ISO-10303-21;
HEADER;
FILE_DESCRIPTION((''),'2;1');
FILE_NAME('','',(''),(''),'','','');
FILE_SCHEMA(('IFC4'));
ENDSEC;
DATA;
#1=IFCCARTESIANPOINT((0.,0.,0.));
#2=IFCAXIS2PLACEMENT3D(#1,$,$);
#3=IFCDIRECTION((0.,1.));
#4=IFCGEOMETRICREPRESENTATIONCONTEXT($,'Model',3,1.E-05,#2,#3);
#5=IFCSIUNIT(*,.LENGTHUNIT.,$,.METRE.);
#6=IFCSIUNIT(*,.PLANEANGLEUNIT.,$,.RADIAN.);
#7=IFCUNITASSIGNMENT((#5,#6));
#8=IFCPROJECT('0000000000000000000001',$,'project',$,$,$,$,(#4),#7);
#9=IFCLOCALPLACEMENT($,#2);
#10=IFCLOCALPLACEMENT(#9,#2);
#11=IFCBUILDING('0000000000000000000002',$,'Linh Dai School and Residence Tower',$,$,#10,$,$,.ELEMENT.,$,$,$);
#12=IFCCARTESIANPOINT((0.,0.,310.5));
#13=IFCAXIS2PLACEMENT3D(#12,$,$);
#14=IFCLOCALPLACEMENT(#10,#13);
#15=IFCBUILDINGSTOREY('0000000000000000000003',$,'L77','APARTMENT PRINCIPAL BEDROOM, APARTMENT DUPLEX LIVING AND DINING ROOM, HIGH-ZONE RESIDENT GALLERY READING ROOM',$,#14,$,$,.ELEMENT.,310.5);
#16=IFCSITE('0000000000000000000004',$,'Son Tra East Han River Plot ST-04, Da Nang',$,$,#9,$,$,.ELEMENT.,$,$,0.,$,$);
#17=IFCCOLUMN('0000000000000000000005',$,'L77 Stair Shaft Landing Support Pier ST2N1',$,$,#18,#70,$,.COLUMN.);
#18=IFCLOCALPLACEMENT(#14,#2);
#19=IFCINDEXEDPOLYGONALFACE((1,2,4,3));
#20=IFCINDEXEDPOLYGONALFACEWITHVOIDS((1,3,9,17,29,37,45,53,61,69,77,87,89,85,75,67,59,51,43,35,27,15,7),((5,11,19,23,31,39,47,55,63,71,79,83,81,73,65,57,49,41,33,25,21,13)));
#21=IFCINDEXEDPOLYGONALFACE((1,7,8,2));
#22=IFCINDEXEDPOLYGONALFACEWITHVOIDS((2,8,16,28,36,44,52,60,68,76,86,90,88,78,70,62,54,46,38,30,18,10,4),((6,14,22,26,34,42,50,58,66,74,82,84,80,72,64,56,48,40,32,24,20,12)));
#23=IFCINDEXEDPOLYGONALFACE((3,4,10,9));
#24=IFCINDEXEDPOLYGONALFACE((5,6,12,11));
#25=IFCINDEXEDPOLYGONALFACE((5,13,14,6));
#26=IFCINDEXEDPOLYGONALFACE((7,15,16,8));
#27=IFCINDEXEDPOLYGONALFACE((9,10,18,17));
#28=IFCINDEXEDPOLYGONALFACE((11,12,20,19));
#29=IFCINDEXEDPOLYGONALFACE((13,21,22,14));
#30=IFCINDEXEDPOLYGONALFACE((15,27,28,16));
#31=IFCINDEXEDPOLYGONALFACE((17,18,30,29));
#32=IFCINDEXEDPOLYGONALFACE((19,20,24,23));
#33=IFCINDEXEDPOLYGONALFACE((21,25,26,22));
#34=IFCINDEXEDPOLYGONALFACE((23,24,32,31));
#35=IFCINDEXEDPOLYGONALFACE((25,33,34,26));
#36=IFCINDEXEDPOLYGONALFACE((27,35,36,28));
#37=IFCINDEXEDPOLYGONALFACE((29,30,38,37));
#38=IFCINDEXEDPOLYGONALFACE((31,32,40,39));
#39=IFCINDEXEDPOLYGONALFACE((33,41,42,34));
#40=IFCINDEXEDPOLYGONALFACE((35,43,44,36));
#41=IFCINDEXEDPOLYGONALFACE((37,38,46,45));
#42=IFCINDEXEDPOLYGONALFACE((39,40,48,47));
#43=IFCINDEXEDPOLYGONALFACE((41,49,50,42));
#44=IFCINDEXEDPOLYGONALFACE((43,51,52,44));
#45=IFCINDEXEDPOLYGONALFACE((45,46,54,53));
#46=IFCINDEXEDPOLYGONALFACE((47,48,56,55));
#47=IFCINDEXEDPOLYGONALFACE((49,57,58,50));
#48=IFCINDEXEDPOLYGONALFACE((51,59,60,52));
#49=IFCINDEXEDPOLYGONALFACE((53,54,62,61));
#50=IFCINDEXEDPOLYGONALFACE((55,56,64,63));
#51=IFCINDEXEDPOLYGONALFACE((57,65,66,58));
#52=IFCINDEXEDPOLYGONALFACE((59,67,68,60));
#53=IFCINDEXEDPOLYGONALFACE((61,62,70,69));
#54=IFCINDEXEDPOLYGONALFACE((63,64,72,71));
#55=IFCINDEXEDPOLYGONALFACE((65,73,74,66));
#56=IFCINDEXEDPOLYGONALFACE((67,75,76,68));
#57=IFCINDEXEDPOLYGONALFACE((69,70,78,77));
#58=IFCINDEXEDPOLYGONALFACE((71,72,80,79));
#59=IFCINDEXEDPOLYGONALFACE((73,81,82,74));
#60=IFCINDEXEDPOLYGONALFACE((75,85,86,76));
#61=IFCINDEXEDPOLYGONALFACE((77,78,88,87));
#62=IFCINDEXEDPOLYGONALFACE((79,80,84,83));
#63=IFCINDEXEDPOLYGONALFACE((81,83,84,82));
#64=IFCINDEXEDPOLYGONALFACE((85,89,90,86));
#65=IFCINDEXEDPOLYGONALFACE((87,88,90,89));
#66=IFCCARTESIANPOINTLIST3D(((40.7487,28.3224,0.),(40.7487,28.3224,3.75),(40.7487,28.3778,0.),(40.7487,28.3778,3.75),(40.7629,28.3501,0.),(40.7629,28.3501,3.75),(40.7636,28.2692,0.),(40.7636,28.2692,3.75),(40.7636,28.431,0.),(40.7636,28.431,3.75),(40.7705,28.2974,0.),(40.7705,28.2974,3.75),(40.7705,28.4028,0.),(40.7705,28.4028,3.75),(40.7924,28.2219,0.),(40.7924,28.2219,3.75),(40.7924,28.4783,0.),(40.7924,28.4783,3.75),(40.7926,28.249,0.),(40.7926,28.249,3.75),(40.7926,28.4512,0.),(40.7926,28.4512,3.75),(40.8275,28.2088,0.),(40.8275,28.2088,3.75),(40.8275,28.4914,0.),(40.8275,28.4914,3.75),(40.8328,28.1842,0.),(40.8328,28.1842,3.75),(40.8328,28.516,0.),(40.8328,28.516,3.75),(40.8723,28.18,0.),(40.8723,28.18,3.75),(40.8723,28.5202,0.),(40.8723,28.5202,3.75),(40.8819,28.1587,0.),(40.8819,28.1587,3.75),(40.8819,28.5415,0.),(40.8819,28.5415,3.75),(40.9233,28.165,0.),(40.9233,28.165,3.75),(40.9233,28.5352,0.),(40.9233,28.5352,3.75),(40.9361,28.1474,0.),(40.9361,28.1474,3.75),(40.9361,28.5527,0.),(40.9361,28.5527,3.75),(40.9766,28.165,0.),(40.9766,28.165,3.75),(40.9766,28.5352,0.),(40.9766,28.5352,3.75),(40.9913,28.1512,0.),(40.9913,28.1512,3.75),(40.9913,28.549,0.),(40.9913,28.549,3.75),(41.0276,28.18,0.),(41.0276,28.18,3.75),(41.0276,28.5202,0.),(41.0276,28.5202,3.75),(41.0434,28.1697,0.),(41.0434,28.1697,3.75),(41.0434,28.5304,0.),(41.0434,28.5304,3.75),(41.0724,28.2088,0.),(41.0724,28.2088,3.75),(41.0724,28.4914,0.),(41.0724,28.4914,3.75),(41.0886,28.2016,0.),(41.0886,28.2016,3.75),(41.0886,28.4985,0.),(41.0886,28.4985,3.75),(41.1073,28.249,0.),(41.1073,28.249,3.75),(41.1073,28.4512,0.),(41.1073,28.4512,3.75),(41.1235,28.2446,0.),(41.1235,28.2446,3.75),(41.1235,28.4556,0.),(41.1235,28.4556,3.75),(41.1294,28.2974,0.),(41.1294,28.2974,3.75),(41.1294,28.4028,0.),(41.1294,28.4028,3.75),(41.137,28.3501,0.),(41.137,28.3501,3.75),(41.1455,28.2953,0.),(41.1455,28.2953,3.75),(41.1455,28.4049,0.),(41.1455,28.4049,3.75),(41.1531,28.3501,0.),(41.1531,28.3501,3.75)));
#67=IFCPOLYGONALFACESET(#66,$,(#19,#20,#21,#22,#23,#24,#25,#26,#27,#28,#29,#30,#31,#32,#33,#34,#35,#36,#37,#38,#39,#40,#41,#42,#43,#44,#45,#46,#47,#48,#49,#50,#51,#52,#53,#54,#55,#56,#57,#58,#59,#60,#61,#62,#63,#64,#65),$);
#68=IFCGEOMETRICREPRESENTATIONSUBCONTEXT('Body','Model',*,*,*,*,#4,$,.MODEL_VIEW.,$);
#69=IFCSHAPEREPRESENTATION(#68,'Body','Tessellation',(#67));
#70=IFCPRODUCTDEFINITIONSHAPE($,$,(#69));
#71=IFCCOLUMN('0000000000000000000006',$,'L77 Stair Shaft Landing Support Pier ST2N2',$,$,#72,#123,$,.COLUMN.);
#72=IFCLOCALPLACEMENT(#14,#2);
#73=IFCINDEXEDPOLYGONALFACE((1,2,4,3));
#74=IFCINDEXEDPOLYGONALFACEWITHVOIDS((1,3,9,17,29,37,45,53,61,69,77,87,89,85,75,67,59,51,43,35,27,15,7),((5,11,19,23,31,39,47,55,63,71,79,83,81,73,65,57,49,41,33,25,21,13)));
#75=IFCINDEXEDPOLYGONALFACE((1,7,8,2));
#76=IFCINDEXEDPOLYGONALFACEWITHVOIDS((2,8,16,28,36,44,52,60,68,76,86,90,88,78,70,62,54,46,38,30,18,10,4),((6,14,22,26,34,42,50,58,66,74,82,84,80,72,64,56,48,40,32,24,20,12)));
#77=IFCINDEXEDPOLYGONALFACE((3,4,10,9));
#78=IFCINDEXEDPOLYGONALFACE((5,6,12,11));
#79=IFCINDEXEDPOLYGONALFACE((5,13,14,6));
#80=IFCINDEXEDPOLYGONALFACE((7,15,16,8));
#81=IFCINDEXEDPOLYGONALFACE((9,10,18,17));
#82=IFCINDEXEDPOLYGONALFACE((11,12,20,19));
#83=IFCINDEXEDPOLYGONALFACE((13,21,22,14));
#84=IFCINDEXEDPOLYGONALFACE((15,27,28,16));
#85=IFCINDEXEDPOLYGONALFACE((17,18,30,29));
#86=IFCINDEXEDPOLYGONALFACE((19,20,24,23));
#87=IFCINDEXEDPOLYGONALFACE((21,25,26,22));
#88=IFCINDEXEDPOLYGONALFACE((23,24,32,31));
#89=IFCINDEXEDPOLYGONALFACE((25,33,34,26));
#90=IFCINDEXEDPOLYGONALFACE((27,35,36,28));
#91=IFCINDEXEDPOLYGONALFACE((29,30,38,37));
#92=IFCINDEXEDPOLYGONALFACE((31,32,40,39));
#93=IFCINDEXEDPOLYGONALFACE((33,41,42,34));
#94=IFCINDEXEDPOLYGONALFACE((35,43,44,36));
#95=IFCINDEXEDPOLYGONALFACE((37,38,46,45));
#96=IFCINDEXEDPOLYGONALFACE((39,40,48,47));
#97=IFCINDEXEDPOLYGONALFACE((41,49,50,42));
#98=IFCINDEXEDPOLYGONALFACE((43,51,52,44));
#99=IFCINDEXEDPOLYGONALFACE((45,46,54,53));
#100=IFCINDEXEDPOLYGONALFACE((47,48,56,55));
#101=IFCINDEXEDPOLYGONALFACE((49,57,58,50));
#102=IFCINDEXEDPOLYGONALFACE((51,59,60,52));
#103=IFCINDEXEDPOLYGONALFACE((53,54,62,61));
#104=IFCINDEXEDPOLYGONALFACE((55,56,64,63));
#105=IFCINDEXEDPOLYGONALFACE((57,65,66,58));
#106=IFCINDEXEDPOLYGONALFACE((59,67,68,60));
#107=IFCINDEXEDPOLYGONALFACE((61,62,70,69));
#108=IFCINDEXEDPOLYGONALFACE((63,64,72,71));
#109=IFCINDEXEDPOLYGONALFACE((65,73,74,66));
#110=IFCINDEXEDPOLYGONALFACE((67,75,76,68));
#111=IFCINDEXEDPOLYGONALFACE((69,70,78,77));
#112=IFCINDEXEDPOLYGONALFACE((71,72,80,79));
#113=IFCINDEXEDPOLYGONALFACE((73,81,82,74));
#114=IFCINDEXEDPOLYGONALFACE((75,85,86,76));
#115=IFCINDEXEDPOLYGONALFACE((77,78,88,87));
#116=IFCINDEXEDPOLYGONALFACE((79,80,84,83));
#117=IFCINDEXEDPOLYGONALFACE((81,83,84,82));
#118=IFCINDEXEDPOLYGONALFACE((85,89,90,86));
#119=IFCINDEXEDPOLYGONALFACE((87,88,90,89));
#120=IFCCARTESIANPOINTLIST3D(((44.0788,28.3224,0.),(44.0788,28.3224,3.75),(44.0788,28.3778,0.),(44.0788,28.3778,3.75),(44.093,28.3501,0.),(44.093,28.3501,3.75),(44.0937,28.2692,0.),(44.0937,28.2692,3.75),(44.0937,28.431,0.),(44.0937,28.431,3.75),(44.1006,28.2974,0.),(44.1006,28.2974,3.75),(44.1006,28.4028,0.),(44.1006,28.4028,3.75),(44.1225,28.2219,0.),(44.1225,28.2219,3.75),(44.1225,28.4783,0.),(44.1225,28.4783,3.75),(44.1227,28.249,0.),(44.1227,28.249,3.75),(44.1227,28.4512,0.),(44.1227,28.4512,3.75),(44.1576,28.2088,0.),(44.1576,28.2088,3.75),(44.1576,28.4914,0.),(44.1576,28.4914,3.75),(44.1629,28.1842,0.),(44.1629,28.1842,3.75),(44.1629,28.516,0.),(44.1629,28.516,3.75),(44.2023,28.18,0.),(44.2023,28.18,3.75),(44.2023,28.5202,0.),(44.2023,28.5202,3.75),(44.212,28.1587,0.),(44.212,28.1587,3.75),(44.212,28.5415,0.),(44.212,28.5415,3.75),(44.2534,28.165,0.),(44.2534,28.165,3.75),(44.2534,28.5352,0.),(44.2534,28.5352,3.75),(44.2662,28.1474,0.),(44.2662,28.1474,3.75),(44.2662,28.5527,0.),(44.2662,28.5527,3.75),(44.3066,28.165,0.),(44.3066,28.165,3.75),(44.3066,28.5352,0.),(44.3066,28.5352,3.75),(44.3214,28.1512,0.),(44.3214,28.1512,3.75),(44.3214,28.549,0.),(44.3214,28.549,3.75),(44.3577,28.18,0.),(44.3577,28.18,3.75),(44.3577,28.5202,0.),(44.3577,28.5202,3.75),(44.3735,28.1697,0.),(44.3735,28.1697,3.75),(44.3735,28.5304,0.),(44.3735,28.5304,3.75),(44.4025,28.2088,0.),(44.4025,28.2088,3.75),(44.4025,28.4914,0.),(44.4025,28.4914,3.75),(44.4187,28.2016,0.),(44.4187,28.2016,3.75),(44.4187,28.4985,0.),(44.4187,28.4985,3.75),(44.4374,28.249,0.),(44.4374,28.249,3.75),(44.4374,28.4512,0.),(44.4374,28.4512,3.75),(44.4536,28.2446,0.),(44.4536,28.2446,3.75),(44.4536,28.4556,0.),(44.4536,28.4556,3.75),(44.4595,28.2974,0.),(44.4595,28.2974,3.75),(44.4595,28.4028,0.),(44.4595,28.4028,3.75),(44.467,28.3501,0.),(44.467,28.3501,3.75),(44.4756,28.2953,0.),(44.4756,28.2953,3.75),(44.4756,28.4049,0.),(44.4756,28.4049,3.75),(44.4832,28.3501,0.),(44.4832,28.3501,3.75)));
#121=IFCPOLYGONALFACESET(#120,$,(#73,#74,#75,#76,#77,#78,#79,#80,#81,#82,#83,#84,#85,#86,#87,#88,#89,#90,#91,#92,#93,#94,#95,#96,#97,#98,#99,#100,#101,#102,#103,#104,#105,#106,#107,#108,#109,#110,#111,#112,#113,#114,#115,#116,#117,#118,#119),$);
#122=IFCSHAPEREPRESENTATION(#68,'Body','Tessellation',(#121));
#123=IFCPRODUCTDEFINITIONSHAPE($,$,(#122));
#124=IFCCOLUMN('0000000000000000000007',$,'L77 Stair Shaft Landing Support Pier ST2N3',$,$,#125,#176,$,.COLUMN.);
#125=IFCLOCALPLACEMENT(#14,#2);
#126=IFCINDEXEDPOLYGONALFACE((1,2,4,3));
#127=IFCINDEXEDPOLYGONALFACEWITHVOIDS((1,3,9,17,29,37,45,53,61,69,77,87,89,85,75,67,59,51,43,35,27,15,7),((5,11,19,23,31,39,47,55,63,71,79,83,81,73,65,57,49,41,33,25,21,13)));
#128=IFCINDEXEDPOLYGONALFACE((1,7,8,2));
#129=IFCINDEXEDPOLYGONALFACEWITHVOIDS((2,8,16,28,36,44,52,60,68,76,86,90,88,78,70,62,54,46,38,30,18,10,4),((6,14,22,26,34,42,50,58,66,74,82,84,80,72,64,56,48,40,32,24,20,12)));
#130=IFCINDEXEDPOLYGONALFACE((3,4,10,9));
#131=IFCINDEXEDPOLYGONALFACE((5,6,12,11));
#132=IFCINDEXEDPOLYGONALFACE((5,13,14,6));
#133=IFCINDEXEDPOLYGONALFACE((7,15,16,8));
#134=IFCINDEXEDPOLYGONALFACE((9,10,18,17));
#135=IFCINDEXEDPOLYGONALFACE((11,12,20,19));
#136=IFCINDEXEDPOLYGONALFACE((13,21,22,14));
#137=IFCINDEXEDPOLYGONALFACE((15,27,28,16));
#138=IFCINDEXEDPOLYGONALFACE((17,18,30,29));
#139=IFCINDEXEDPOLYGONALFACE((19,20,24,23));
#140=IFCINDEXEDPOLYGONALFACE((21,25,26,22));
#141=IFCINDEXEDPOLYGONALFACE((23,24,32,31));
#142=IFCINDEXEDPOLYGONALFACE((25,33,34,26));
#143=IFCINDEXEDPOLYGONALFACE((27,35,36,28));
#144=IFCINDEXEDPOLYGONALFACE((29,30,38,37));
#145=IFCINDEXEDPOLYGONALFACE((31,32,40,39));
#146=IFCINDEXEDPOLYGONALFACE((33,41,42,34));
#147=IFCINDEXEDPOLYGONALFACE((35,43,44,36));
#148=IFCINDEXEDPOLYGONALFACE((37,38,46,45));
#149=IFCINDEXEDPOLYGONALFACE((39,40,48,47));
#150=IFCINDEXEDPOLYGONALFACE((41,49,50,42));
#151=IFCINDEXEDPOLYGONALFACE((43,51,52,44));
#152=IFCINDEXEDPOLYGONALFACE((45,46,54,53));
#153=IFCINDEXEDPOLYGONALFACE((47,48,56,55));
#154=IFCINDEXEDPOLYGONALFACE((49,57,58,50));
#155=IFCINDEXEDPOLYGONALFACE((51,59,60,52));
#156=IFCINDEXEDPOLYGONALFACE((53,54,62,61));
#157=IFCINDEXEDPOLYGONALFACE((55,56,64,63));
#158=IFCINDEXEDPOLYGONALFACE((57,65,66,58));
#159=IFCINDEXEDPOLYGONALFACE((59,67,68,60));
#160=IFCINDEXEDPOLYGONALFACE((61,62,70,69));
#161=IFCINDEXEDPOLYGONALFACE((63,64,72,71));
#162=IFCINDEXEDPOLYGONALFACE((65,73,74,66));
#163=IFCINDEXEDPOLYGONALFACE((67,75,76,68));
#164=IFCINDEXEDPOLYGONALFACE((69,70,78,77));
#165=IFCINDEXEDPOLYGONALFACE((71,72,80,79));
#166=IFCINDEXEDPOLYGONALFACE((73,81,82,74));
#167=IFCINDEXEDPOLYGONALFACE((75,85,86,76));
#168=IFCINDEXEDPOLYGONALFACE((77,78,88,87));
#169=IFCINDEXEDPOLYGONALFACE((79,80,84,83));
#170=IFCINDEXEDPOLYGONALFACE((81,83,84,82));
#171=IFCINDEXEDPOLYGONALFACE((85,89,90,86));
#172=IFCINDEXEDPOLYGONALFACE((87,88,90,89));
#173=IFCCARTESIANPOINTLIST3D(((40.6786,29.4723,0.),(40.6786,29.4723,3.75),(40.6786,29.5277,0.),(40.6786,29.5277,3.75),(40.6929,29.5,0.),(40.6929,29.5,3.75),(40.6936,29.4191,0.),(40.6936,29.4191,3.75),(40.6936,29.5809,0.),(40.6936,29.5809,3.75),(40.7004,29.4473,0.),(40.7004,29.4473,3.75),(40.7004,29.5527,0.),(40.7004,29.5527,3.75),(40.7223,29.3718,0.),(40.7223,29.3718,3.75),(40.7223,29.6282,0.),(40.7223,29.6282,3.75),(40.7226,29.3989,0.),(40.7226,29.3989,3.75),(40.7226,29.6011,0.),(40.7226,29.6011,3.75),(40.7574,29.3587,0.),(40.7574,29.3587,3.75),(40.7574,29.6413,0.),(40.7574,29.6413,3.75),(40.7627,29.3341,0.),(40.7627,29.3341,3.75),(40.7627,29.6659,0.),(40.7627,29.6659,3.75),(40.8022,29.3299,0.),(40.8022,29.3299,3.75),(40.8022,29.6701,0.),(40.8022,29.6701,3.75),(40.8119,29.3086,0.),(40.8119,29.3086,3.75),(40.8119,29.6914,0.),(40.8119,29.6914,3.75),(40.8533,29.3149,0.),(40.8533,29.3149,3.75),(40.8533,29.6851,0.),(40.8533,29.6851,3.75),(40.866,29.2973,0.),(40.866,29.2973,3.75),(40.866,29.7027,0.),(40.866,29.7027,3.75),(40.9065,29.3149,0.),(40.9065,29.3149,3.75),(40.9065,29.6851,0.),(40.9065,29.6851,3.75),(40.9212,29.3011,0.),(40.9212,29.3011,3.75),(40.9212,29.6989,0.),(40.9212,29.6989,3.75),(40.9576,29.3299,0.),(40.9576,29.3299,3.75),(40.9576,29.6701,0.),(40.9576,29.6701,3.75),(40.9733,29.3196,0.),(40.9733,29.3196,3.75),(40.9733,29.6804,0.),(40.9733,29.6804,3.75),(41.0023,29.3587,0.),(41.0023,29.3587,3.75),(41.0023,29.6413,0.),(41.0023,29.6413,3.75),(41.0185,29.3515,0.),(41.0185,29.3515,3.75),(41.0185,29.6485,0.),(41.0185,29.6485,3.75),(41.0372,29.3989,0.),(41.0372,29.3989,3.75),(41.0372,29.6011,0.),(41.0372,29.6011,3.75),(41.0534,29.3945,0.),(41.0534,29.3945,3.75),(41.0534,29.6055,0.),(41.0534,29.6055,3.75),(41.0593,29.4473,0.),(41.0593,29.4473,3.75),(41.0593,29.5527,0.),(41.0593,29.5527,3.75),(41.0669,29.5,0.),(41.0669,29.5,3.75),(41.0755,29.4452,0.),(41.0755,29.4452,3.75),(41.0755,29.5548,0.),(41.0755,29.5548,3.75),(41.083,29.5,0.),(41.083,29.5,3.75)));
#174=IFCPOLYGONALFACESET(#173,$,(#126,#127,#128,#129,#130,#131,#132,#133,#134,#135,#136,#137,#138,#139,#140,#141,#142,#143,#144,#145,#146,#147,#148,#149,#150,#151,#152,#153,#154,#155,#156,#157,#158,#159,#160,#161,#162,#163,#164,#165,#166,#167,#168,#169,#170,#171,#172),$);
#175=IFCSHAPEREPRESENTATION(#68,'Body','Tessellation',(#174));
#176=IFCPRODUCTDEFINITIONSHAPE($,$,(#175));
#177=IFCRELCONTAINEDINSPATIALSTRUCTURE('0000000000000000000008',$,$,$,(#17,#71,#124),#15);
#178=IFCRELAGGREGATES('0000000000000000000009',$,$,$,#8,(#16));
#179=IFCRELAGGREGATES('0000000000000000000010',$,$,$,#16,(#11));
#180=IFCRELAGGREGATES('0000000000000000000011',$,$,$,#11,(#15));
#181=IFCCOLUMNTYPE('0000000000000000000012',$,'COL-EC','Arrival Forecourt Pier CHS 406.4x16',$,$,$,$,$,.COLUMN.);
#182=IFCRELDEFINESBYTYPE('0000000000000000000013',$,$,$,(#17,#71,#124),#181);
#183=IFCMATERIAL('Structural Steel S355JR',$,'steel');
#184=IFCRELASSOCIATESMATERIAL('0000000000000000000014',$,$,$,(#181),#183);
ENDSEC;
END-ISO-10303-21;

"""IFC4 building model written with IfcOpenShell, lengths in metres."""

from ifc_helpers import new_model, si_unit, direction, frame, origin, origin_2d, place, context, subcontext, project, spatial, hollow_circle, extrude, material, material_profile, profile_set, type_object, element, save


model = new_model("IFC4")

# Units and contexts
model_context = context("Model", 3, precision=1e-05, world=origin(), true_north=direction((0.0, 1.0)))
body_context = subcontext(model_context, "Body", "Model", "MODEL_VIEW")
ifc_project = project(units=[si_unit("LENGTHUNIT", "METRE"), si_unit("PLANEANGLEUNIT", "RADIAN")], contexts=[model_context])

# Site, building, storey
site_placement = place(None, origin())
site = spatial("IfcSite", under=ifc_project, at=site_placement, Name="Son Tra East Han River Plot ST-04, Da Nang", CompositionType="ELEMENT", RefElevation=0.0)
building_placement = place(site_placement, origin())
building = spatial("IfcBuilding", under=site, at=building_placement, Name="Linh Dai School and Residence Tower", CompositionType="ELEMENT")
storey_placement = place(building_placement, frame((0.0, 0.0, 310.5)))
storey = spatial("IfcBuildingStorey", under=building, at=storey_placement, Name="L77", Description="APARTMENT PRINCIPAL BEDROOM, APARTMENT DUPLEX LIVING AND DINING ROOM, HIGH-ZONE RESIDENT GALLERY READING ROOM", CompositionType="ELEMENT", Elevation=310.5)

# Columns
ifc_material_1 = material(Name="Structural Steel S355JR", Category="steel")
ifc_material_profile_1 = material_profile(ifc_material_1, hollow_circle(Radius=0.2031, WallThickness=0.0161, at=origin_2d()), Name="CHS 406.4x16")
ifc_profile_set_1 = profile_set([ifc_material_profile_1], Name="Structural Steel S355JR")
column_type_1 = type_object("IfcColumnType", Name="COL-EC", Description="Arrival Forecourt Pier CHS 406.4x16", PredefinedType="COLUMN", material=ifc_profile_set_1)
for number, where, z_axis, x_axis, name in (
    (1, (40.95, 28.3501, 0.0), (0.0, 0.0, 1.0), (1.0, 0.0, 0.0), "L77 Stair Shaft Landing Support Pier ST2N1"),
    (2, (44.28, 28.3501, 0.0), (0.0, 0.0, 1.0), (1.0, 0.0, 0.0), "L77 Stair Shaft Landing Support Pier ST2N2"),
    (3, (40.8799, 29.5, 0.0), (0.0, 0.0, 1.0), (1.0, 0.0, 0.0), "L77 Stair Shaft Landing Support Pier ST2N3"),
):
    element("IfcColumn", number, at=place(storey_placement, frame(where, z_axis=z_axis, x_axis=x_axis)), inside=storey, type_object=column_type_1, Name=name, PredefinedType="COLUMN", context=body_context, shape_type="SweptSolid", body=[
        extrude(hollow_circle(Radius=0.2031, WallThickness=0.0161, at=origin_2d()), origin(), (0.0, 0.0, 1.0), 3.75),
    ])

save(model, "model.ifc")
